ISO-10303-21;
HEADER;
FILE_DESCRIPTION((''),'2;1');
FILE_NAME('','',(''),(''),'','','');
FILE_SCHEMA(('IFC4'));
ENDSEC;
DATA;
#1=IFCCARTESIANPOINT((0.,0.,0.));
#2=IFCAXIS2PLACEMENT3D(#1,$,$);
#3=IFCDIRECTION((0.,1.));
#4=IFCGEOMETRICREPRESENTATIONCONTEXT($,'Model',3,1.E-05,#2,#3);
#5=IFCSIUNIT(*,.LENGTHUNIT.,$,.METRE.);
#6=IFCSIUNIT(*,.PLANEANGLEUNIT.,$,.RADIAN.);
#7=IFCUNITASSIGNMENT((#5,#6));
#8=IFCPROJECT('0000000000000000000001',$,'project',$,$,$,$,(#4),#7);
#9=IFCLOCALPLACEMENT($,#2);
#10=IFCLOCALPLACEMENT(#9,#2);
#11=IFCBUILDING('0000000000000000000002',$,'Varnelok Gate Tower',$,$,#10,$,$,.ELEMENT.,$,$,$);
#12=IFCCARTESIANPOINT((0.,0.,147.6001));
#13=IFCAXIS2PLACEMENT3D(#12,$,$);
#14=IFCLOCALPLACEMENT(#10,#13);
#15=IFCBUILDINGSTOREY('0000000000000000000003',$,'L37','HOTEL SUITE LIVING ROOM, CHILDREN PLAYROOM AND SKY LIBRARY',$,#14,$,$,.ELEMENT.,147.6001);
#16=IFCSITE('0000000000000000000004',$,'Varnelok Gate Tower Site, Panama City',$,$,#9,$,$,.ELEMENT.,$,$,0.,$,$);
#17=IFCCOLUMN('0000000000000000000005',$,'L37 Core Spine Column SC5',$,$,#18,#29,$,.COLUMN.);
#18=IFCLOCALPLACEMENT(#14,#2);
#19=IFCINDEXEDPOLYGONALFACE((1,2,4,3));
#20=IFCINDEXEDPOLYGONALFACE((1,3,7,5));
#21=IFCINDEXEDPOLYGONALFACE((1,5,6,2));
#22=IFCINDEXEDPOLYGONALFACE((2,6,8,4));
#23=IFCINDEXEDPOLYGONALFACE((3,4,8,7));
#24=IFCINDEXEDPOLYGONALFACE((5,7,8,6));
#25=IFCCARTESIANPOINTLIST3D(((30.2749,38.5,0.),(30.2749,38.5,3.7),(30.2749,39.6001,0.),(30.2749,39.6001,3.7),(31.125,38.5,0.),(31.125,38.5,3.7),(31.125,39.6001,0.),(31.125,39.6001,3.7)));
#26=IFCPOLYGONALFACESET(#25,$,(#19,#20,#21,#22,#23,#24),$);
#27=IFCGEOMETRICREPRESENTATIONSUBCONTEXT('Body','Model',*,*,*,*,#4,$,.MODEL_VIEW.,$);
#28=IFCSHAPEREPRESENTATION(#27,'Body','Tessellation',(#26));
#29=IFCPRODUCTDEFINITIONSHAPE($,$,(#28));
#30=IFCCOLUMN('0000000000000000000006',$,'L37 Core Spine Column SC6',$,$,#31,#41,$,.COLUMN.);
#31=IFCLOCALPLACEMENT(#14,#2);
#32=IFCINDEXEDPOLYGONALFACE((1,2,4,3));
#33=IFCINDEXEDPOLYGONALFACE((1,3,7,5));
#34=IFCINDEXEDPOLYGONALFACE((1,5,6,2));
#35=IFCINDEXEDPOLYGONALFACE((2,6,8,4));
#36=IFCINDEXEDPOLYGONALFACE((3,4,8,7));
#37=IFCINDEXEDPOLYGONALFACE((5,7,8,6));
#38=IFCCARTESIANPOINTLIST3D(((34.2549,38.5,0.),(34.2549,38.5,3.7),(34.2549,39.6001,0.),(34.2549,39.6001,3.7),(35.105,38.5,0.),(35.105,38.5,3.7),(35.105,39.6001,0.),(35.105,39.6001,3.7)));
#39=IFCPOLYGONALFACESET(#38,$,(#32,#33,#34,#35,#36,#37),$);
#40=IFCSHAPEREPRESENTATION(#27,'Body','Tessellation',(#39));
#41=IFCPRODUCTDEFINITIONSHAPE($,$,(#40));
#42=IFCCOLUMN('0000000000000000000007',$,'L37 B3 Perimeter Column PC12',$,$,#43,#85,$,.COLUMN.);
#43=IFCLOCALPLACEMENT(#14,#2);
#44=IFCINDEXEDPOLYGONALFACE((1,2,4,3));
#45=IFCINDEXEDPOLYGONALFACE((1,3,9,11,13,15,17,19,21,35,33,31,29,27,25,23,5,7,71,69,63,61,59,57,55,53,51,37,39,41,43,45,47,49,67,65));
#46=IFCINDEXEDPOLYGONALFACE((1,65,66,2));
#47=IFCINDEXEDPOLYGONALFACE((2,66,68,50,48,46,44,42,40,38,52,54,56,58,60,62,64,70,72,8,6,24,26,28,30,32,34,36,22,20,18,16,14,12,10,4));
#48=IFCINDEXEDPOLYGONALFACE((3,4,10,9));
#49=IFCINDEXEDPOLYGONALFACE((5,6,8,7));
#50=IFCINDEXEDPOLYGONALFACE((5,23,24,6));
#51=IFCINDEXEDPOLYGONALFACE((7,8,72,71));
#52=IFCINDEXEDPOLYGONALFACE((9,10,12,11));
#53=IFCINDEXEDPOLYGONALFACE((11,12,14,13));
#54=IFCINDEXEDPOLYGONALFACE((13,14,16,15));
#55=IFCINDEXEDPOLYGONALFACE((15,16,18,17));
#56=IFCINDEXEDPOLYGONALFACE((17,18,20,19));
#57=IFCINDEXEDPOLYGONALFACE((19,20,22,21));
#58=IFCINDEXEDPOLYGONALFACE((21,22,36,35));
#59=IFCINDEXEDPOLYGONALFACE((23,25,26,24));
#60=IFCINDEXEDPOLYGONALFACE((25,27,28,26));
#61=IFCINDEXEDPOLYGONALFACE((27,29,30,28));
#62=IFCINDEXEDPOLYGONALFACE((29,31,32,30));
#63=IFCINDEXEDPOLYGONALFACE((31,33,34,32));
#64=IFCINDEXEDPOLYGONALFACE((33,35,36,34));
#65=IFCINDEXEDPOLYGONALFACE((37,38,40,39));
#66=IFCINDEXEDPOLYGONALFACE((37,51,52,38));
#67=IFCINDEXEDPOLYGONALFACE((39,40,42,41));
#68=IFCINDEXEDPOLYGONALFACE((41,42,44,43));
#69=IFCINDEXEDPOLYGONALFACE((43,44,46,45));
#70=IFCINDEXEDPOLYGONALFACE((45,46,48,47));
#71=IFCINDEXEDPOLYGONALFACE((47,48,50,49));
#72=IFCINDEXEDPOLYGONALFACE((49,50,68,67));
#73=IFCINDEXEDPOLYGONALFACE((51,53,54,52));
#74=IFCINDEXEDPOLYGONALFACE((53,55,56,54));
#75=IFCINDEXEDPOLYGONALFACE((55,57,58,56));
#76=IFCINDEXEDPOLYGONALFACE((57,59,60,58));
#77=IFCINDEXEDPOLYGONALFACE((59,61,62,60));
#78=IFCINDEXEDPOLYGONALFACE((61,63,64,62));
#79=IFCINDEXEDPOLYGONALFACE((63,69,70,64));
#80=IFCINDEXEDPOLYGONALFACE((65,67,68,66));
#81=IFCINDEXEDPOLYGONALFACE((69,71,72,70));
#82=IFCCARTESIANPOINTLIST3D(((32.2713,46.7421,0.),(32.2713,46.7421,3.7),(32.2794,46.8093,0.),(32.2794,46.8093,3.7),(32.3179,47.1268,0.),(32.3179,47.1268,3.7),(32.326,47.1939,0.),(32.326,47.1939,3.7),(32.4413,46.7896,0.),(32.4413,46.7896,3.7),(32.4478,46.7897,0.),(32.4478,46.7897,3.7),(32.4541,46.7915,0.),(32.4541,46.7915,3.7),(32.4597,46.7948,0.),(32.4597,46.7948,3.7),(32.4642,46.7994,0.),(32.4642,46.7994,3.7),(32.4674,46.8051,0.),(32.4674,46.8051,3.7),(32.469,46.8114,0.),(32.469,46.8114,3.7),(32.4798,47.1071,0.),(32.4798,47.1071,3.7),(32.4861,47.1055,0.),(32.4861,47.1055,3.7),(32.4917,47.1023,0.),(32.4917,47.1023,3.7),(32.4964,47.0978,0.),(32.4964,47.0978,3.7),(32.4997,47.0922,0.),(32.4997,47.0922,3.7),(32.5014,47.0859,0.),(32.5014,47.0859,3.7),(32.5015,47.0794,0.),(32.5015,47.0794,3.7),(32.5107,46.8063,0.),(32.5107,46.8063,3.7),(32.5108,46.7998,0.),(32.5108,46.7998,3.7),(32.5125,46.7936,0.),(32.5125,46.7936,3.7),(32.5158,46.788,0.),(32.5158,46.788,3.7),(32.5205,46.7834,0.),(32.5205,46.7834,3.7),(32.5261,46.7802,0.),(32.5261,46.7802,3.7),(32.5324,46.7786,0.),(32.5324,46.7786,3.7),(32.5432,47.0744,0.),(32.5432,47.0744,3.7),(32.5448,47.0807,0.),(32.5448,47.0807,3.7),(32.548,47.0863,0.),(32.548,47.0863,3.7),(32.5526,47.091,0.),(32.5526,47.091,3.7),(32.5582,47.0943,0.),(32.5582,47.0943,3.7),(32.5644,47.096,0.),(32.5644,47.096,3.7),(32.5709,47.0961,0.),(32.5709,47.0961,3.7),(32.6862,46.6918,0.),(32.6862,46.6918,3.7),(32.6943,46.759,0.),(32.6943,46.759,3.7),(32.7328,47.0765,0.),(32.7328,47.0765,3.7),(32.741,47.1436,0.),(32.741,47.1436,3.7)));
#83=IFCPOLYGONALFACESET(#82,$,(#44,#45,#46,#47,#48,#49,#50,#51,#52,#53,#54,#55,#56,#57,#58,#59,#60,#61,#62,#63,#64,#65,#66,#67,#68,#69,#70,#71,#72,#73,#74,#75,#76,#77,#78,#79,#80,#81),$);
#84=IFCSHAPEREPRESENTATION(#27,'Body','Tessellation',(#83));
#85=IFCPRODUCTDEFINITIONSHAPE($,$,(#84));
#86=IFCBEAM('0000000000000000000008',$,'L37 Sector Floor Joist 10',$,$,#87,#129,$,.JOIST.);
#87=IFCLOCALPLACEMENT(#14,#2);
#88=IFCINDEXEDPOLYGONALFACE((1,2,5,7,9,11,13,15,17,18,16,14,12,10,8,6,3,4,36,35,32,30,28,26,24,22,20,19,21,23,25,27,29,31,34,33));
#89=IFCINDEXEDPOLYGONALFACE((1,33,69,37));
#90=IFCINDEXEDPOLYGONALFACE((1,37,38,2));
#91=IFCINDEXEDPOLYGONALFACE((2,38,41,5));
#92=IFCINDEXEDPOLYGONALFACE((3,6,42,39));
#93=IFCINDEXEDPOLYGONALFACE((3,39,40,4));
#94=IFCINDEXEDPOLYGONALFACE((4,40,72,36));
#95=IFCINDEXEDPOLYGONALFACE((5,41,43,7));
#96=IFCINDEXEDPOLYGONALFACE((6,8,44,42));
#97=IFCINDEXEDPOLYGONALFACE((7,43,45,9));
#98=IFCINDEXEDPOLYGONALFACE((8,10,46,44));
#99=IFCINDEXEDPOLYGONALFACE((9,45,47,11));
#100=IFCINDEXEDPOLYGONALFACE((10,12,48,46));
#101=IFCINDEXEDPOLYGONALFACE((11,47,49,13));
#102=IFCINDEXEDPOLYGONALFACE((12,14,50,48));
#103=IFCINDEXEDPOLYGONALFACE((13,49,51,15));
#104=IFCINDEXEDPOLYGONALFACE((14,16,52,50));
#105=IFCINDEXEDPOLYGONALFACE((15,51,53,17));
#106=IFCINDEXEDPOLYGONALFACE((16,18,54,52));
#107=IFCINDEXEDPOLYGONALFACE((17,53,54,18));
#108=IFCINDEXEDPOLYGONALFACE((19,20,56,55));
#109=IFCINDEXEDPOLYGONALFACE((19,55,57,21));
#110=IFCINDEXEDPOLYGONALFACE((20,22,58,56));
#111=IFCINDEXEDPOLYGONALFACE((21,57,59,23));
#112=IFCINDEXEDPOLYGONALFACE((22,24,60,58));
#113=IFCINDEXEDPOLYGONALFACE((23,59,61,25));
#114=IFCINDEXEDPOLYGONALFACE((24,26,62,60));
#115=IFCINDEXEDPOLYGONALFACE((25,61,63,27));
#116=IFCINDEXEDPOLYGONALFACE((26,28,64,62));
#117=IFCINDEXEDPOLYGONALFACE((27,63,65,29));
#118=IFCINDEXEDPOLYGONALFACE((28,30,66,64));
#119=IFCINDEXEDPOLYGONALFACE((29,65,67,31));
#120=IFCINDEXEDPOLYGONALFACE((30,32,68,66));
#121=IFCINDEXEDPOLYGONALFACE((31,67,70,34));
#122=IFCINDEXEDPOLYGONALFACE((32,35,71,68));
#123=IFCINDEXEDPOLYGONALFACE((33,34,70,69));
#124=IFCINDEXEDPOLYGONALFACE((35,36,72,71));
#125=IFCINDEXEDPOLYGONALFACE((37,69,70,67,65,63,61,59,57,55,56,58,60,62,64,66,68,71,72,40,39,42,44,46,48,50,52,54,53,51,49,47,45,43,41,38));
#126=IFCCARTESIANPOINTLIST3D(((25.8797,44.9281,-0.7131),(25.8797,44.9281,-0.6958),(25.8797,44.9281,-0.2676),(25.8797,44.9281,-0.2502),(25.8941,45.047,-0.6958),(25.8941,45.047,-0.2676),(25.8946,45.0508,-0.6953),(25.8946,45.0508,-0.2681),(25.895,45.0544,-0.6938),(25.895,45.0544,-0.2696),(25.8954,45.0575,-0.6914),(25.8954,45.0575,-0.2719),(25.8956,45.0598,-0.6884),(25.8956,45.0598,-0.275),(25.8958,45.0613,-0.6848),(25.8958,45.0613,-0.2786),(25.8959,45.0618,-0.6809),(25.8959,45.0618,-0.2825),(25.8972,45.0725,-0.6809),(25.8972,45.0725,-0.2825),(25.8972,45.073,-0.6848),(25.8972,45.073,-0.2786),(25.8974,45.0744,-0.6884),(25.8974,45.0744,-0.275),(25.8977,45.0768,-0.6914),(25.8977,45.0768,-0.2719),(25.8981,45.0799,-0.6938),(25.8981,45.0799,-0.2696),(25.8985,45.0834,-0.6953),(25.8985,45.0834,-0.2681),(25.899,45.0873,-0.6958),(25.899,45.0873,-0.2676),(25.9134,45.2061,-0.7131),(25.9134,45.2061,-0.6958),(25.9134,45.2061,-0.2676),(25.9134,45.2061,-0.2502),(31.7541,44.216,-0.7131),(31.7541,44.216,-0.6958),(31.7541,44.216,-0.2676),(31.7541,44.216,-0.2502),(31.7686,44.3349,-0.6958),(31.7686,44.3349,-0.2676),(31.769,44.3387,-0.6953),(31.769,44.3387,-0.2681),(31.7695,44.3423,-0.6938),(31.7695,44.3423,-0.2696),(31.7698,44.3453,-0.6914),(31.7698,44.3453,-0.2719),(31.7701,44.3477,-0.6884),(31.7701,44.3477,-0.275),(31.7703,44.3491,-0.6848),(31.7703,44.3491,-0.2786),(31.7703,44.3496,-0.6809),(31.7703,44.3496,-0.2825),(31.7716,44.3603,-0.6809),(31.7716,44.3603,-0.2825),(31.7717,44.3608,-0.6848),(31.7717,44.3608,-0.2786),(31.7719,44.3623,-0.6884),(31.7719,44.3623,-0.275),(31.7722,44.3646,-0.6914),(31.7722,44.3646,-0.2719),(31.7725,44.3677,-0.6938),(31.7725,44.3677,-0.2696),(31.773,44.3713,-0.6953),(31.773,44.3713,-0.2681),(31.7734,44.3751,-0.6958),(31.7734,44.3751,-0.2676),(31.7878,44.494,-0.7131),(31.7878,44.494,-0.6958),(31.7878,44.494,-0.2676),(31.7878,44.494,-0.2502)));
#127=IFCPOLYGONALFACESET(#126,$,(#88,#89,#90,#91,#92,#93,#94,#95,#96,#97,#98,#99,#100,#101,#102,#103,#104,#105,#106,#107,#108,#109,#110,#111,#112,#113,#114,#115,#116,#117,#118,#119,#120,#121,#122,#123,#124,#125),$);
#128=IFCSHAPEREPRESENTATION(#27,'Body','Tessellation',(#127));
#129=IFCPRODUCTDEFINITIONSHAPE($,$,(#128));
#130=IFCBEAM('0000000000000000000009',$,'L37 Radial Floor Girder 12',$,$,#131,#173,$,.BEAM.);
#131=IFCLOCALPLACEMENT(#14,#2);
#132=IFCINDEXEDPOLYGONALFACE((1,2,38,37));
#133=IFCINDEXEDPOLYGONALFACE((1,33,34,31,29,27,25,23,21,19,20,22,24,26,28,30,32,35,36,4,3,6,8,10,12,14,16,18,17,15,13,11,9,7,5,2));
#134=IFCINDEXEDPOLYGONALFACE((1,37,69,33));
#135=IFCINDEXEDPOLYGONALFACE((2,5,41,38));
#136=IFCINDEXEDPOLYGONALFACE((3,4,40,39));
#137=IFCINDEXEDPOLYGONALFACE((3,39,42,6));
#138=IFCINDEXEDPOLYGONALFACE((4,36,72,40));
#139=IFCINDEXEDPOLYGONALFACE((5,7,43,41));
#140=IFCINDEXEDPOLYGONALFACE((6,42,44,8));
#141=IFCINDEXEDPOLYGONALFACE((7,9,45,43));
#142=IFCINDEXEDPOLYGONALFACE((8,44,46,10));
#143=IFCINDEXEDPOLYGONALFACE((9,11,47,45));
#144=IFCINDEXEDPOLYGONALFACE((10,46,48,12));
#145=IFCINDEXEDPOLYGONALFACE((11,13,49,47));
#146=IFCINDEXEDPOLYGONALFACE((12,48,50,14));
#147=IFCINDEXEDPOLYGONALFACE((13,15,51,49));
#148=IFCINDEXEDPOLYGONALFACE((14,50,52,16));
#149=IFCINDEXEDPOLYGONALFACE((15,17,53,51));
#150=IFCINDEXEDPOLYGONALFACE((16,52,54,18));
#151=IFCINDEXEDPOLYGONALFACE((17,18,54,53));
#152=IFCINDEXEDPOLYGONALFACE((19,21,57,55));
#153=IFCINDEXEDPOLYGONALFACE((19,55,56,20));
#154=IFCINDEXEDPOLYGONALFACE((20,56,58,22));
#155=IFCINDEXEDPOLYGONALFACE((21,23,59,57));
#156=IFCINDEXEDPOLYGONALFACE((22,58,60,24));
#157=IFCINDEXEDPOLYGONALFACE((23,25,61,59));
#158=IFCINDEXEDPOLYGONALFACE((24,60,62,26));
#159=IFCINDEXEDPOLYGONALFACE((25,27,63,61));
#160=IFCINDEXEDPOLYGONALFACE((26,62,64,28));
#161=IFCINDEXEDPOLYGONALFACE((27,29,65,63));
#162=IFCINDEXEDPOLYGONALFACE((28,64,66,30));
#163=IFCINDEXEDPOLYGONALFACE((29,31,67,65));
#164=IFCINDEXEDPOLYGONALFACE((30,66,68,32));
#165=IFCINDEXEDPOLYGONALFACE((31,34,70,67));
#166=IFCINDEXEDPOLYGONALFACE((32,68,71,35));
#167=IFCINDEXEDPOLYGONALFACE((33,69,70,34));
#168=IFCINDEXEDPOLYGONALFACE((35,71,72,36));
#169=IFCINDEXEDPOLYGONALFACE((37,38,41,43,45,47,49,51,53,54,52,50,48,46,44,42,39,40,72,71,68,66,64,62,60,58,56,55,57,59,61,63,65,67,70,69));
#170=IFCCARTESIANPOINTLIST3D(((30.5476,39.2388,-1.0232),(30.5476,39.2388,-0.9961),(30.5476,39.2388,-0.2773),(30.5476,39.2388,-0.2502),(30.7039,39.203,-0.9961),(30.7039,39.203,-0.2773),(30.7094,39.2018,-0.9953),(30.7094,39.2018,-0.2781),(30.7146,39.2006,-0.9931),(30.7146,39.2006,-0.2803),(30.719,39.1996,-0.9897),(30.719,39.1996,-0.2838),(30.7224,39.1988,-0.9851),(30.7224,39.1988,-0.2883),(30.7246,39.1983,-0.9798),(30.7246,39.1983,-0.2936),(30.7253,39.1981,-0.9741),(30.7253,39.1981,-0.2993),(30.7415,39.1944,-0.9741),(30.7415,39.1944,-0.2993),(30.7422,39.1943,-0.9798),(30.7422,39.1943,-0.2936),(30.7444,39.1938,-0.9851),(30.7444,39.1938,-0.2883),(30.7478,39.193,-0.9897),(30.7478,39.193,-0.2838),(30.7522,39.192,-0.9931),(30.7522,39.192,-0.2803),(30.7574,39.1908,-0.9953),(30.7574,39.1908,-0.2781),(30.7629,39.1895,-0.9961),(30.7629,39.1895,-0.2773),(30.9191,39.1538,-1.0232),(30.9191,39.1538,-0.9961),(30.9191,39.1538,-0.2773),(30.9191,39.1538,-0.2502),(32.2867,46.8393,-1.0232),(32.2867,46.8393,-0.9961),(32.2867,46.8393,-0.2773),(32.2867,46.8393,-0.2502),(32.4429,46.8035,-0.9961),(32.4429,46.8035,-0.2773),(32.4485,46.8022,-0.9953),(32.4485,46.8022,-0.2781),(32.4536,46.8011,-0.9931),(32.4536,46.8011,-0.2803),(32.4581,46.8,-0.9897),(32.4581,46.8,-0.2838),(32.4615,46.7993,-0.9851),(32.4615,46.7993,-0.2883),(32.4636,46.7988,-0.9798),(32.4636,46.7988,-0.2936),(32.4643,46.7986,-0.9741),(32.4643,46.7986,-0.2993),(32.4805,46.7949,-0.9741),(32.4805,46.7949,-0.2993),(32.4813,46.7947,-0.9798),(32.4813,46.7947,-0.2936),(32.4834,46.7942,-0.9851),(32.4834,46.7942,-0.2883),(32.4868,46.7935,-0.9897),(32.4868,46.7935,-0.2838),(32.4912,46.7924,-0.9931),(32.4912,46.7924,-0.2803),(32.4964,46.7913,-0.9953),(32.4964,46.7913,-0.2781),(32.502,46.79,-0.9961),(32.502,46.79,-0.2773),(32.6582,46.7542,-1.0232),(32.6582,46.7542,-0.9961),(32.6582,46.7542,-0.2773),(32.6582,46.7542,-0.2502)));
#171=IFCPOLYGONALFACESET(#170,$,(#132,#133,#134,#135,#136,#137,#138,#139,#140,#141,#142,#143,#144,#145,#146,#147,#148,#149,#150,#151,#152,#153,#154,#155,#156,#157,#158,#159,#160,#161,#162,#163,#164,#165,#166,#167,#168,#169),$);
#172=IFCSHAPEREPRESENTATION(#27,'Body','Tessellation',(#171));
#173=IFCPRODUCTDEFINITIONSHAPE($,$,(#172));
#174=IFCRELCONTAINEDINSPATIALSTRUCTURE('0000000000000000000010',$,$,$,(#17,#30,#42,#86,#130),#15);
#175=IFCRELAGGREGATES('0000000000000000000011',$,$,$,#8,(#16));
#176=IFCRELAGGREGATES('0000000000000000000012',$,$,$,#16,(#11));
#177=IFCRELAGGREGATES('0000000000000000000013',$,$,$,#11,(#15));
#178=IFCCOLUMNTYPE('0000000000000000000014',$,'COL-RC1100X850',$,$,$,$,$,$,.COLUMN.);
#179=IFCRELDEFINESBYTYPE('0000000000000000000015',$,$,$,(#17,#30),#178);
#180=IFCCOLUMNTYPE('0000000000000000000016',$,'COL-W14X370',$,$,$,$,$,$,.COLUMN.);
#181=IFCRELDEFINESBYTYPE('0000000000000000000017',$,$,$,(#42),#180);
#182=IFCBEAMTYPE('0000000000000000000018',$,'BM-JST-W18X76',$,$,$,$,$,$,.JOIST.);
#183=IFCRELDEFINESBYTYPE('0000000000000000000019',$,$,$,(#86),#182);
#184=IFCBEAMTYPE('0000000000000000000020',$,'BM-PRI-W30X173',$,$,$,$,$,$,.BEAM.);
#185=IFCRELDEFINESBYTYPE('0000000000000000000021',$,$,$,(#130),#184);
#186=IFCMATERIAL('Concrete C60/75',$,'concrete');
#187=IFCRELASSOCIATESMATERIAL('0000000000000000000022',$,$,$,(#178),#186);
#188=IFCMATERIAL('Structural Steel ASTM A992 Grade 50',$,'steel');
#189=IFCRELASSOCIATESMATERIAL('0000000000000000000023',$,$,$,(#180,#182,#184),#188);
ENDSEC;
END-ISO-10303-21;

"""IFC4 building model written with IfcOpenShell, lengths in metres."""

from ifc_helpers import new_model, si_unit, direction, frame, origin, origin_2d, place, context, subcontext, project, spatial, rectangle, i_section, extrude, material, material_profile, profile_set, type_object, element, save


model = new_model("IFC4")

# Units and contexts
model_context = context("Model", 3, precision=1e-05, world=origin(), true_north=direction((0.0, 1.0)))
body_context = subcontext(model_context, "Body", "Model", "MODEL_VIEW")
ifc_project = project(units=[si_unit("LENGTHUNIT", "METRE"), si_unit("PLANEANGLEUNIT", "RADIAN")], contexts=[model_context])

# Site, building, storey
site_placement = place(None, origin())
site = spatial("IfcSite", under=ifc_project, at=site_placement, Name="Varnelok Gate Tower Site, Panama City", CompositionType="ELEMENT", RefElevation=0.0)
building_placement = place(site_placement, origin())
building = spatial("IfcBuilding", under=site, at=building_placement, Name="Varnelok Gate Tower", CompositionType="ELEMENT")
storey_placement = place(building_placement, frame((0.0, 0.0, 147.6001)))
storey = spatial("IfcBuildingStorey", under=building, at=storey_placement, Name="L37", Description="HOTEL SUITE LIVING ROOM, CHILDREN PLAYROOM AND SKY LIBRARY", CompositionType="ELEMENT", Elevation=147.6001)

# Columns
ifc_material_1 = material(Name="Concrete C60/75", Category="concrete")
ifc_material_profile_1 = material_profile(ifc_material_1, rectangle(XDim=0.8501, YDim=1.1001, at=origin_2d()), Name="RC1100X850")
ifc_profile_set_1 = profile_set([ifc_material_profile_1], Name="Concrete C60/75")
column_type_1 = type_object("IfcColumnType", Name="COL-RC1100X850", PredefinedType="COLUMN", material=ifc_profile_set_1)
for number, where, z_axis, x_axis, name in (
    (1, (30.7, 39.05, 0.0), (0.0, 0.0, 1.0), (1.0, 0.0, 0.0), "L37 Core Spine Column SC5"),
    (2, (34.6799, 39.05, 0.0), (0.0, 0.0, 1.0), (1.0, 0.0, 0.0), "L37 Core Spine Column SC6"),
):
    element("IfcColumn", number, at=place(storey_placement, frame(where, z_axis=z_axis, x_axis=x_axis)), inside=storey, type_object=column_type_1, Name=name, PredefinedType="COLUMN", context=body_context, shape_type="SweptSolid", body=[
        extrude(rectangle(XDim=0.8501, YDim=1.1001, at=origin_2d()), origin(), (0.0, 0.0, 1.0), 3.7),
    ])
ifc_material_2 = material(Name="Structural Steel ASTM A992 Grade 50", Category="steel")
ifc_material_profile_2 = material_profile(ifc_material_2, i_section(OverallWidth=0.418, OverallDepth=0.4551, WebThickness=0.042, FlangeThickness=0.0676, FilletRadius=0.0249, at=origin_2d()), Name="W14X370")
ifc_profile_set_2 = profile_set([ifc_material_profile_2], Name="Structural Steel ASTM A992 Grade 50")
column_type_2 = type_object("IfcColumnType", Name="COL-W14X370", PredefinedType="COLUMN", material=ifc_profile_set_2)
column_placement = place(storey_placement, frame((32.5061, 46.9429, 0.0), z_axis=(0.0, 0.0, 1.0), x_axis=(0.992732, -0.120345, 0.0)))
element("IfcColumn", 3, at=column_placement, inside=storey, type_object=column_type_2, Name="L37 B3 Perimeter Column PC12", PredefinedType="COLUMN", context=body_context, shape_type="SweptSolid", body=[
    extrude(i_section(OverallWidth=0.418, OverallDepth=0.4551, WebThickness=0.042, FlangeThickness=0.0676, FilletRadius=0.0249, at=origin_2d()), origin(), (0.0, 0.0, 1.0), 3.7),
])

# Beams
ifc_material_profile_3 = material_profile(ifc_material_2, i_section(OverallWidth=0.28, OverallDepth=0.4629, WebThickness=0.0107, FlangeThickness=0.0173, FilletRadius=0.0149, at=origin_2d()), Name="W18X76")
ifc_profile_set_3 = profile_set([ifc_material_profile_3], Name="Structural Steel ASTM A992 Grade 50")
beam_type_1 = type_object("IfcBeamType", Name="BM-JST-W18X76", PredefinedType="JOIST", material=ifc_profile_set_3)
beam_1_placement = place(storey_placement, frame((31.771, 44.355, -0.4817), z_axis=(-0.992732, 0.120347, 0.0), x_axis=(-0.120347, -0.992732, 0.0)))
element("IfcBeam", 4, at=beam_1_placement, inside=storey, type_object=beam_type_1, Name="L37 Sector Floor Joist 10", PredefinedType="JOIST", context=body_context, shape_type="SweptSolid", body=[
    extrude(i_section(OverallWidth=0.28, OverallDepth=0.4629, WebThickness=0.0107, FlangeThickness=0.0173, FilletRadius=0.0149, at=origin_2d()), origin(), (0.0, 0.0, 1.0), 5.9175),
])
ifc_material_profile_4 = material_profile(ifc_material_2, i_section(OverallWidth=0.3811, OverallDepth=0.7729, WebThickness=0.0166, FlangeThickness=0.0271, FilletRadius=0.022, at=origin_2d()), Name="W30X173")
ifc_profile_set_4 = profile_set([ifc_material_profile_4], Name="Structural Steel ASTM A992 Grade 50")
beam_type_2 = type_object("IfcBeamType", Name="BM-PRI-W30X173", PredefinedType="BEAM", material=ifc_profile_set_4)
beam_2_placement = place(storey_placement, frame((30.7334, 39.1963, -0.6367), z_axis=(0.223043, 0.974809, 0.0), x_axis=(-0.974809, 0.223043, 0.0)))
element("IfcBeam", 5, at=beam_2_placement, inside=storey, type_object=beam_type_2, Name="L37 Radial Floor Girder 12", PredefinedType="BEAM", context=body_context, shape_type="SweptSolid", body=[
    extrude(i_section(OverallWidth=0.3811, OverallDepth=0.7729, WebThickness=0.0166, FlangeThickness=0.0271, FilletRadius=0.022, at=origin_2d()), origin(), (0.0, 0.0, 1.0), 7.7969),
])

save(model, "model.ifc")
